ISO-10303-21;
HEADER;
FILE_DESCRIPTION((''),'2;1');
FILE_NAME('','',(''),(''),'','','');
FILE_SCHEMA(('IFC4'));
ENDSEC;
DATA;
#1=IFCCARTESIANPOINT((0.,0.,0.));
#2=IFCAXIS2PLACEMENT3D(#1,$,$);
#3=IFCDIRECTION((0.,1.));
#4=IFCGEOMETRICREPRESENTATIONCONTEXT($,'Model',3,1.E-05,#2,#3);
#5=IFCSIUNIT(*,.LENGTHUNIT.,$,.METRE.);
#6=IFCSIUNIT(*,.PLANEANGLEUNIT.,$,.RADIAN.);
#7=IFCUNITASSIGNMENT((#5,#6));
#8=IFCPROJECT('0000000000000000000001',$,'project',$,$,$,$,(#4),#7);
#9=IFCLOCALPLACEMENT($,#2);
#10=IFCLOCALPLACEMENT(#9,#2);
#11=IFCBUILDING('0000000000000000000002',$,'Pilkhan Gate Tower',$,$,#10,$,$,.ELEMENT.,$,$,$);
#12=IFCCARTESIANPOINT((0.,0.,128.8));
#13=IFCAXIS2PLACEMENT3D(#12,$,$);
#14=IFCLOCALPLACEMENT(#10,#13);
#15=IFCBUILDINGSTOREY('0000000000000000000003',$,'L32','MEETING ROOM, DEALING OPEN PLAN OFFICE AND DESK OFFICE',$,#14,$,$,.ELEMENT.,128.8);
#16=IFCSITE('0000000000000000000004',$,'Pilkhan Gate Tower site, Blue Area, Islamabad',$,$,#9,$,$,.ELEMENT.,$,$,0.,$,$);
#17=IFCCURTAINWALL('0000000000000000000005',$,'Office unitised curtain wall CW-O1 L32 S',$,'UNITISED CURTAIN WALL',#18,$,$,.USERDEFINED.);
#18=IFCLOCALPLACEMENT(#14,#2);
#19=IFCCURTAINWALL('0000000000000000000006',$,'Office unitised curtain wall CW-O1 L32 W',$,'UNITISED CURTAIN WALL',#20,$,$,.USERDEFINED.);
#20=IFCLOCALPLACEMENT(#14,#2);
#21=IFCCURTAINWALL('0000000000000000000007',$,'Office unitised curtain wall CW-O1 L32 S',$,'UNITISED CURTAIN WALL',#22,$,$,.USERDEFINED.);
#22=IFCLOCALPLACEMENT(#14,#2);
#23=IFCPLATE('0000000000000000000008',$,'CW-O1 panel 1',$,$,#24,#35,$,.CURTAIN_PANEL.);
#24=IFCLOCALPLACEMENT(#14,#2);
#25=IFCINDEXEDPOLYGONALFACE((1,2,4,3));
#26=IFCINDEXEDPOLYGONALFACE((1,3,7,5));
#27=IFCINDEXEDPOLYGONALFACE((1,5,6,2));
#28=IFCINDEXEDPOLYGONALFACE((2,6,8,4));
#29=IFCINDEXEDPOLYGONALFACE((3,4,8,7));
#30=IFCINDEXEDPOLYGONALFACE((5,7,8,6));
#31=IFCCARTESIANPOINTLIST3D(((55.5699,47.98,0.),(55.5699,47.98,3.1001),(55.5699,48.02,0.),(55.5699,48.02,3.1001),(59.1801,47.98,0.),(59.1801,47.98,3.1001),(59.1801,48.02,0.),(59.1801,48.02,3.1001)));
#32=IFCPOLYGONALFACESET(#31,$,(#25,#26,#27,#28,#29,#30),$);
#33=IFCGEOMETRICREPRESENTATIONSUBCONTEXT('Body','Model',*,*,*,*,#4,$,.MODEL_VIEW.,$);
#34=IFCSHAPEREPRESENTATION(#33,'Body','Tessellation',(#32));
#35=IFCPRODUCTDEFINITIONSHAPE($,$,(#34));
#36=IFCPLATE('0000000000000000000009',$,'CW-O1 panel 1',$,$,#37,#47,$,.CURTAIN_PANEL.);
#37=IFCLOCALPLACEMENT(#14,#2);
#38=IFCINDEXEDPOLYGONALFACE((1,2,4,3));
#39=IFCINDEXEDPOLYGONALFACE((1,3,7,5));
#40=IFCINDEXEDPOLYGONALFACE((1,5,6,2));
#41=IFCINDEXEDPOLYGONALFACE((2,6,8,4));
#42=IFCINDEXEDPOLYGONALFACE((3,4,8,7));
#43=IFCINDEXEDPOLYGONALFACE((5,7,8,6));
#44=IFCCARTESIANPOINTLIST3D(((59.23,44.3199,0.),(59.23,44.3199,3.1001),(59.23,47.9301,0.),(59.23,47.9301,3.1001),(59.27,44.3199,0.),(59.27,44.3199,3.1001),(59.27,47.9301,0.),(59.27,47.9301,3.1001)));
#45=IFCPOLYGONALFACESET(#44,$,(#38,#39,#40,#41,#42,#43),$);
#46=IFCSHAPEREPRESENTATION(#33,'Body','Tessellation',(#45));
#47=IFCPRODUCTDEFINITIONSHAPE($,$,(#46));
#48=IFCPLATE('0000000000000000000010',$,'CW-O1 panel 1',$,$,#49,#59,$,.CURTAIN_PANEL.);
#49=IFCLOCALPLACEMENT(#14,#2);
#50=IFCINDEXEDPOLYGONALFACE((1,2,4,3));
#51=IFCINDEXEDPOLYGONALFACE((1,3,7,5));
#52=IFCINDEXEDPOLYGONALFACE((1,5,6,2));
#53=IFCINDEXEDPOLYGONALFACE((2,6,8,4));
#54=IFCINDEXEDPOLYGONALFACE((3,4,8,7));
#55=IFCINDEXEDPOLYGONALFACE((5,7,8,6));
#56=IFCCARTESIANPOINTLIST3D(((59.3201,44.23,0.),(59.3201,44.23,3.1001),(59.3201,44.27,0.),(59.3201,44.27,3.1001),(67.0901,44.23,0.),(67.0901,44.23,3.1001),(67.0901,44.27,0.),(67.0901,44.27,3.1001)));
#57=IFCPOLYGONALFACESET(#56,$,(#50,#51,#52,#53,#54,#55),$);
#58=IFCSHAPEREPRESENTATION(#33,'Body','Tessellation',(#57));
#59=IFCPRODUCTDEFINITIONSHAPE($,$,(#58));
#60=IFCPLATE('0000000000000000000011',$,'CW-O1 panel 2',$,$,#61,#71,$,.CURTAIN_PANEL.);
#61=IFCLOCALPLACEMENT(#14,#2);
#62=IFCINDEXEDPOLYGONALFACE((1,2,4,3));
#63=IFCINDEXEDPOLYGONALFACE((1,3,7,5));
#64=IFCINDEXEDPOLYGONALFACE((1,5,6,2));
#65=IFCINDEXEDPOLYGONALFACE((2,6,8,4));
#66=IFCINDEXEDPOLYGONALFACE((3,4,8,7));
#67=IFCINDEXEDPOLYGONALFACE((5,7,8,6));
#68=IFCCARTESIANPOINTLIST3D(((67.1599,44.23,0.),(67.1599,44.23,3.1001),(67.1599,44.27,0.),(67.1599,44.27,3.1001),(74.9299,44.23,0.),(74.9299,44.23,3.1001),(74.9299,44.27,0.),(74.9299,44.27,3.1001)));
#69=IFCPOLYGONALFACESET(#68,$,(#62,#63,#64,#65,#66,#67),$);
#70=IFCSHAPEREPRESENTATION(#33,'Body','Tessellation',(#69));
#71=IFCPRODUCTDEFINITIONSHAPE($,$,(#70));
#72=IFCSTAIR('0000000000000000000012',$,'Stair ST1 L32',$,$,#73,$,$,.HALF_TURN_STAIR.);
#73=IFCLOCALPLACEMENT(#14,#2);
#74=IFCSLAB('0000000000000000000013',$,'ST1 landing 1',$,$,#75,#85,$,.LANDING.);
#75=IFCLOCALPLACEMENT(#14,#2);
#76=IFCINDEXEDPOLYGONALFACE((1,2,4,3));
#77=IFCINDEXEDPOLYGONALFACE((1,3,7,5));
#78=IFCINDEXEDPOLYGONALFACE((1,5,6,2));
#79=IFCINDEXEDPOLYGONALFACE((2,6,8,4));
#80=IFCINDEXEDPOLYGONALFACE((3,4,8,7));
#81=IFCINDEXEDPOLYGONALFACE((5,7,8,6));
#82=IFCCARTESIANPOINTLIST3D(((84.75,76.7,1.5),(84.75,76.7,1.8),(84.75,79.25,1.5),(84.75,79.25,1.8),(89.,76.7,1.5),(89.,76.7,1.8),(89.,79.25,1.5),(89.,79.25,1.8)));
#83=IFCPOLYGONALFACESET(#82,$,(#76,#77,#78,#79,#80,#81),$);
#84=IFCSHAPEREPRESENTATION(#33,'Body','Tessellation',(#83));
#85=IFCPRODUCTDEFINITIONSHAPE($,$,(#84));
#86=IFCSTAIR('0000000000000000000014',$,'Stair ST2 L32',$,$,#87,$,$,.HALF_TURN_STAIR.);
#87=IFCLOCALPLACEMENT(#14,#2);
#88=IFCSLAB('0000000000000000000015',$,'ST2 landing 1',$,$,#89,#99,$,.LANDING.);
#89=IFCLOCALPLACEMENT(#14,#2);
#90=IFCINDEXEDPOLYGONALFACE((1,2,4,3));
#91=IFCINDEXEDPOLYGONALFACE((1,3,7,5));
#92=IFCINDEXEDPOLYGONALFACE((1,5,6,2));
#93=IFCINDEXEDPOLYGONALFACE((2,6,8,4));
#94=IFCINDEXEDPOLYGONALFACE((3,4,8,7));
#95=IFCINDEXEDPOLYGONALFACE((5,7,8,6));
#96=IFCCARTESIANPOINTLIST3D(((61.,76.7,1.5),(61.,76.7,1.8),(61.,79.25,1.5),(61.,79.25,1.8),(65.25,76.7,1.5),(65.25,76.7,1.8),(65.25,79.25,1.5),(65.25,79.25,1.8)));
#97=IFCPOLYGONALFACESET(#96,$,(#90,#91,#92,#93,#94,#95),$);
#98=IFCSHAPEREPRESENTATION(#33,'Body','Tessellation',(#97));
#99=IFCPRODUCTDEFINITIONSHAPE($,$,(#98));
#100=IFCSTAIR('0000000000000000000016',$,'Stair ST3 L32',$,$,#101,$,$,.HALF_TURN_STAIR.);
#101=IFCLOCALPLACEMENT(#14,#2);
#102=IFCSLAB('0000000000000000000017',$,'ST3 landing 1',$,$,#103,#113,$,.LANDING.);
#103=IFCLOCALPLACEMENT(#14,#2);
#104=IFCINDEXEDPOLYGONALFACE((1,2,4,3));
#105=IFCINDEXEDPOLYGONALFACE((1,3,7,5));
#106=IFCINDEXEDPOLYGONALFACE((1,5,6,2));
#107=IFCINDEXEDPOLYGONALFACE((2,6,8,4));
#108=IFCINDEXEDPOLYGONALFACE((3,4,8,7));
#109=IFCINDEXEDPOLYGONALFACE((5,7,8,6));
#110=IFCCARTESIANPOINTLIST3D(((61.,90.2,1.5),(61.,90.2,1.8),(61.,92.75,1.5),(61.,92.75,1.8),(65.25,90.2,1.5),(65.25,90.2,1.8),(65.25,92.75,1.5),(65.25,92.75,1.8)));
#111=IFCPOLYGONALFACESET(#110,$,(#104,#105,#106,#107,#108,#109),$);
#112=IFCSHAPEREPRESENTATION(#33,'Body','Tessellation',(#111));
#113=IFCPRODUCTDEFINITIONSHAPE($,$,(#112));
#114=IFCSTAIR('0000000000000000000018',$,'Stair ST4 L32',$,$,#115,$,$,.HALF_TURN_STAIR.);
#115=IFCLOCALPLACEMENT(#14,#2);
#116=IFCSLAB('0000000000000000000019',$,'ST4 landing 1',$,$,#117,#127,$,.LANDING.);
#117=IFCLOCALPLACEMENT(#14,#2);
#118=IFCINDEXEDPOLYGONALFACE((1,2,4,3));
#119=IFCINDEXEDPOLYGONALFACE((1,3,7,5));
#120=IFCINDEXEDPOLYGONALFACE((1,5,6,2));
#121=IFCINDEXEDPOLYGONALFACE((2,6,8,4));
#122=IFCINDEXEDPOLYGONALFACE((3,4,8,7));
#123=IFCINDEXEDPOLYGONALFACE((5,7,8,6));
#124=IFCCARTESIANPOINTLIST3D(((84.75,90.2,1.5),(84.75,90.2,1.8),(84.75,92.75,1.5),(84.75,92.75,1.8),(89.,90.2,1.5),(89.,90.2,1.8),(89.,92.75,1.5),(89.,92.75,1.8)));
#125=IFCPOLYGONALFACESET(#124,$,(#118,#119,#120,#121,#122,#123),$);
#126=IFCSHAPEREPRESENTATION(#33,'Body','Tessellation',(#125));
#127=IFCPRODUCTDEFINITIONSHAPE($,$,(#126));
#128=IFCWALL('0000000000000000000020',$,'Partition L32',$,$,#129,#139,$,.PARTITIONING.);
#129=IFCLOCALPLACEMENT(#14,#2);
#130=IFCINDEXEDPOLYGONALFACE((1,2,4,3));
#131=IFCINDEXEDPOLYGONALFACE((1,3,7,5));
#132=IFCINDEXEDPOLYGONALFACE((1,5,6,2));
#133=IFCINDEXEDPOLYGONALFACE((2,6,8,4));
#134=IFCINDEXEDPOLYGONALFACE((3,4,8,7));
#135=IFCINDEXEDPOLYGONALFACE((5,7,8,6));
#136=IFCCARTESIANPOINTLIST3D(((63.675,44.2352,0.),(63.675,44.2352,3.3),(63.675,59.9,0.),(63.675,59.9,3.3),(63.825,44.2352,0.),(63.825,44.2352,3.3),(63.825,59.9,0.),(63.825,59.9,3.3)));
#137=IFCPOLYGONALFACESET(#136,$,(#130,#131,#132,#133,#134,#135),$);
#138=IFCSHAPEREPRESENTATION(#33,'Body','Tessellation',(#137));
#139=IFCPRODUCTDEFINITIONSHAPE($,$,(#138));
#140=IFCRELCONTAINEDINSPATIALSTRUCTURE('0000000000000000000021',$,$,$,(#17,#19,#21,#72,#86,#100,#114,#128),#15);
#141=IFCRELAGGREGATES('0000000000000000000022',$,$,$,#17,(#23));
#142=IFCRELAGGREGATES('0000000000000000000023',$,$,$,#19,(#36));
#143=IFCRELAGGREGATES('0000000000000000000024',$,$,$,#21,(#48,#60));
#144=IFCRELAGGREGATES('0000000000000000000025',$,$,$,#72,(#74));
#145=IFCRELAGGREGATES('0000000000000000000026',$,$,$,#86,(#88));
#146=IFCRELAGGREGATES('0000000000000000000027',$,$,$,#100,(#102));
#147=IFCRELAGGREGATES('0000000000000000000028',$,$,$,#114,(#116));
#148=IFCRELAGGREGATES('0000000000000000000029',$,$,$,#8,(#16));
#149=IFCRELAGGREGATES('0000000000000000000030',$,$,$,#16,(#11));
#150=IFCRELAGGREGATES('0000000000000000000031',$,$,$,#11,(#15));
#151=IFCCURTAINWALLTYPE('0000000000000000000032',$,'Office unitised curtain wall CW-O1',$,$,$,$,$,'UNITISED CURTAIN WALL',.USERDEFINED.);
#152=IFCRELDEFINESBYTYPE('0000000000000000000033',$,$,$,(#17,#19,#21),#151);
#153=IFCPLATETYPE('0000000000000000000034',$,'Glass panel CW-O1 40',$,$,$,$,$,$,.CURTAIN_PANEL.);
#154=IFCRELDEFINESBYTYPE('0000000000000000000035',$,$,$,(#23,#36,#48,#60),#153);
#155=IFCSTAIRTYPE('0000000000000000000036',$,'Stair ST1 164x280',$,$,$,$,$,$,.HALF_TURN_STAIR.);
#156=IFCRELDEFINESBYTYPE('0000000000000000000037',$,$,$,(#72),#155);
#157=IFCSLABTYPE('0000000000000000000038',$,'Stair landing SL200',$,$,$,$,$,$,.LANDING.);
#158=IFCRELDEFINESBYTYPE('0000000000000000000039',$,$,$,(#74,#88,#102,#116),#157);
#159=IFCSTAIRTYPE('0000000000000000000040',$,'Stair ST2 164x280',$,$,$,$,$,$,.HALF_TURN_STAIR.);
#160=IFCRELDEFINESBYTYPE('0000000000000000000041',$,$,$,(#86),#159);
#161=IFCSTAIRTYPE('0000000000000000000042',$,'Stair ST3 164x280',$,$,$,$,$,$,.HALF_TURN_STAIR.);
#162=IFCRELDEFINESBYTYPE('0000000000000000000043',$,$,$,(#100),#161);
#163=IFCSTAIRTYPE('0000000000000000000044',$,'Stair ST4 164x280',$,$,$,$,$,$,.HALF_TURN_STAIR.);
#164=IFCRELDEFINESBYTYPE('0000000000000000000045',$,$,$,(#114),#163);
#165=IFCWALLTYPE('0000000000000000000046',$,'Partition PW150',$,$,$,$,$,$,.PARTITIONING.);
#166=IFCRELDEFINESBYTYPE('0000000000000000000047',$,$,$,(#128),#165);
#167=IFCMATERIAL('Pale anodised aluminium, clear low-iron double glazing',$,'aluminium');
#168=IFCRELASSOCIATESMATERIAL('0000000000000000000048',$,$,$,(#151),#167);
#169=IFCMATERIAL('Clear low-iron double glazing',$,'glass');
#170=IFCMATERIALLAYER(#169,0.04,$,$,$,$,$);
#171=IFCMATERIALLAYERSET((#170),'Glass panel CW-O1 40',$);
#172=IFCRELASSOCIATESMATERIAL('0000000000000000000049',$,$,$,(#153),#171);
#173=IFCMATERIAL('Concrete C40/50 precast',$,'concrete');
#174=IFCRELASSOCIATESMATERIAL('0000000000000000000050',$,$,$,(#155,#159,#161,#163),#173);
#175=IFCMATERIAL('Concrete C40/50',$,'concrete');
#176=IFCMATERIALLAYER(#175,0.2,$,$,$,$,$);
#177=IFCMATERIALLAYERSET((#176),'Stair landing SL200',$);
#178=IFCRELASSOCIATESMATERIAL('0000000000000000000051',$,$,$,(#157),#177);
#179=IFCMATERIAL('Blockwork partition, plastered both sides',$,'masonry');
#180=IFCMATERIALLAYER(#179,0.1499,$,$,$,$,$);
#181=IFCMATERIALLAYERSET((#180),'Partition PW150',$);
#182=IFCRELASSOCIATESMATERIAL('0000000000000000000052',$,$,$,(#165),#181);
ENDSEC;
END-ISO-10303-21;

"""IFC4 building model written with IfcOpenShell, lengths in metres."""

from ifc_helpers import new_model, si_unit, direction, frame, frame_2d, origin, origin_2d, place, context, subcontext, project, spatial, polyline, rectangle, outline, extrude, material, layer, layer_set, type_object, element, aggregate, save


model = new_model("IFC4")

# Units and contexts
model_context = context("Model", 3, precision=1e-05, world=origin(), true_north=direction((0.0, 1.0)))
body_context = subcontext(model_context, "Body", "Model", "MODEL_VIEW")
ifc_project = project(units=[si_unit("LENGTHUNIT", "METRE"), si_unit("PLANEANGLEUNIT", "RADIAN")], contexts=[model_context])

# Site, building, storey
site_placement = place(None, origin())
site = spatial("IfcSite", under=ifc_project, at=site_placement, Name="Pilkhan Gate Tower site, Blue Area, Islamabad", CompositionType="ELEMENT", RefElevation=0.0)
building_placement = place(site_placement, origin())
building = spatial("IfcBuilding", under=site, at=building_placement, Name="Pilkhan Gate Tower", CompositionType="ELEMENT")
storey_placement = place(building_placement, frame((0.0, 0.0, 128.8)))
storey = spatial("IfcBuildingStorey", under=building, at=storey_placement, Name="L32", Description="MEETING ROOM, DEALING OPEN PLAN OFFICE AND DESK OFFICE", CompositionType="ELEMENT", Elevation=128.8)

# Shared definitions
ifc_material_1 = material(Name="Pale anodised aluminium, clear low-iron double glazing", Category="aluminium")
curtain_wall_type = type_object("IfcCurtainWallType", Name="Office unitised curtain wall CW-O1", ElementType="UNITISED CURTAIN WALL", PredefinedType="USERDEFINED", material=ifc_material_1)

# Curtain walls
curtain_wall_1_placement = place(storey_placement, origin())
curtain_wall_1 = element("IfcCurtainWall", 1, at=curtain_wall_1_placement, inside=storey, type_object=curtain_wall_type, Name="Office unitised curtain wall CW-O1 L32 S", ObjectType="UNITISED CURTAIN WALL", PredefinedType="USERDEFINED")
curtain_wall_2_placement = place(storey_placement, origin())
curtain_wall_2 = element("IfcCurtainWall", 2, at=curtain_wall_2_placement, inside=storey, type_object=curtain_wall_type, Name="Office unitised curtain wall CW-O1 L32 W", ObjectType="UNITISED CURTAIN WALL", PredefinedType="USERDEFINED")
curtain_wall_3_placement = place(storey_placement, origin())
curtain_wall_3 = element("IfcCurtainWall", 3, at=curtain_wall_3_placement, inside=storey, type_object=curtain_wall_type, Name="Office unitised curtain wall CW-O1 L32 S", ObjectType="UNITISED CURTAIN WALL", PredefinedType="USERDEFINED")

# Shared definitions
ifc_material_2 = material(Name="Concrete C40/50", Category="concrete")

# Plates
ifc_material_3 = material(Name="Clear low-iron double glazing", Category="glass")
ifc_layer_1 = layer(ifc_material_3, 0.04)
ifc_layer_set_1 = layer_set([ifc_layer_1], Name="Glass panel CW-O1 40")
plate_type = type_object("IfcPlateType", Name="Glass panel CW-O1 40", PredefinedType="CURTAIN_PANEL", material=ifc_layer_set_1)
plate_1_placement = place(storey_placement, frame((57.375, 48.0, 0.0), z_axis=(0.0, 0.0, 1.0), x_axis=(1.0, 0.0, 0.0)))
plate_1 = element("IfcPlate", 4, at=plate_1_placement, type_object=plate_type, Name="CW-O1 panel 1", PredefinedType="CURTAIN_PANEL", context=body_context, shape_type="SweptSolid", body=[
    extrude(rectangle(XDim=3.6101, YDim=0.04, at=origin_2d()), origin(), (0.0, 0.0, 1.0), 3.1001),
])
aggregate(curtain_wall_1, [plate_1])
plate_2_placement = place(storey_placement, frame((59.25, 46.125, 0.0), z_axis=(0.0, 0.0, 1.0), x_axis=(0.0, 1.0, 0.0)))
plate_2 = element("IfcPlate", 5, at=plate_2_placement, type_object=plate_type, Name="CW-O1 panel 1", PredefinedType="CURTAIN_PANEL", context=body_context, shape_type="SweptSolid", body=[
    extrude(rectangle(XDim=3.6101, YDim=0.04, at=origin_2d()), origin(), (0.0, 0.0, 1.0), 3.1001),
])
aggregate(curtain_wall_2, [plate_2])
plate_3_placement = place(storey_placement, frame((63.2051, 44.25, 0.0), z_axis=(0.0, 0.0, 1.0), x_axis=(1.0, 0.0, 0.0)))
plate_3 = element("IfcPlate", 6, at=plate_3_placement, type_object=plate_type, Name="CW-O1 panel 1", PredefinedType="CURTAIN_PANEL", context=body_context, shape_type="SweptSolid", body=[
    extrude(rectangle(XDim=7.77, YDim=0.04, at=origin_2d()), origin(), (0.0, 0.0, 1.0), 3.1001),
])
plate_4_placement = place(storey_placement, frame((71.0449, 44.25, 0.0), z_axis=(0.0, 0.0, 1.0), x_axis=(1.0, 0.0, 0.0)))
plate_4 = element("IfcPlate", 7, at=plate_4_placement, type_object=plate_type, Name="CW-O1 panel 2", PredefinedType="CURTAIN_PANEL", context=body_context, shape_type="SweptSolid", body=[
    extrude(rectangle(XDim=7.77, YDim=0.04, at=origin_2d()), origin(), (0.0, 0.0, 1.0), 3.1001),
])
aggregate(curtain_wall_3, [plate_3, plate_4])

# Stairs, slabs
ifc_material_4 = material(Name="Concrete C40/50 precast", Category="concrete")
stair_type_1 = type_object("IfcStairType", Name="Stair ST1 164x280", PredefinedType="HALF_TURN_STAIR", material=ifc_material_4)
stair_1_placement = place(storey_placement, origin())
stair_1 = element("IfcStair", 8, at=stair_1_placement, inside=storey, type_object=stair_type_1, Name="Stair ST1 L32", PredefinedType="HALF_TURN_STAIR")
ifc_layer_2 = layer(ifc_material_2, 0.2)
ifc_layer_set_2 = layer_set([ifc_layer_2], Name="Stair landing SL200")
slab_type_1 = type_object("IfcSlabType", Name="Stair landing SL200", PredefinedType="LANDING", material=ifc_layer_set_2)
slab_1_placement = place(storey_placement, frame((0.0, 0.0, 1.5)))
slab_1 = element("IfcSlab", 9, at=slab_1_placement, type_object=slab_type_1, Name="ST1 landing 1", PredefinedType="LANDING", context=body_context, shape_type="SweptSolid", body=[
    extrude(outline(polyline([(89.0, 76.7), (89.0, 79.25), (84.75, 79.25), (84.75, 76.7), (89.0, 76.7)])), origin(), (0.0, 0.0, 1.0), 0.3),
])
aggregate(stair_1, [slab_1])
stair_type_2 = type_object("IfcStairType", Name="Stair ST2 164x280", PredefinedType="HALF_TURN_STAIR", material=ifc_material_4)
stair_2_placement = place(storey_placement, origin())
stair_2 = element("IfcStair", 10, at=stair_2_placement, inside=storey, type_object=stair_type_2, Name="Stair ST2 L32", PredefinedType="HALF_TURN_STAIR")
slab_2_placement = place(storey_placement, frame((0.0, 0.0, 1.5)))
slab_2 = element("IfcSlab", 11, at=slab_2_placement, type_object=slab_type_1, Name="ST2 landing 1", PredefinedType="LANDING", context=body_context, shape_type="SweptSolid", body=[
    extrude(outline(polyline([(65.25, 76.7), (65.25, 79.25), (61.0, 79.25), (61.0, 76.7), (65.25, 76.7)])), origin(), (0.0, 0.0, 1.0), 0.3),
])
aggregate(stair_2, [slab_2])
stair_type_3 = type_object("IfcStairType", Name="Stair ST3 164x280", PredefinedType="HALF_TURN_STAIR", material=ifc_material_4)
stair_3_placement = place(storey_placement, origin())
stair_3 = element("IfcStair", 12, at=stair_3_placement, inside=storey, type_object=stair_type_3, Name="Stair ST3 L32", PredefinedType="HALF_TURN_STAIR")
slab_3_placement = place(storey_placement, frame((0.0, 0.0, 1.5)))
slab_3 = element("IfcSlab", 13, at=slab_3_placement, type_object=slab_type_1, Name="ST3 landing 1", PredefinedType="LANDING", context=body_context, shape_type="SweptSolid", body=[
    extrude(outline(polyline([(65.25, 90.2), (65.25, 92.75), (61.0, 92.75), (61.0, 90.2), (65.25, 90.2)])), origin(), (0.0, 0.0, 1.0), 0.3),
])
aggregate(stair_3, [slab_3])
stair_type_4 = type_object("IfcStairType", Name="Stair ST4 164x280", PredefinedType="HALF_TURN_STAIR", material=ifc_material_4)
stair_4_placement = place(storey_placement, origin())
stair_4 = element("IfcStair", 14, at=stair_4_placement, inside=storey, type_object=stair_type_4, Name="Stair ST4 L32", PredefinedType="HALF_TURN_STAIR")
slab_4_placement = place(storey_placement, frame((0.0, 0.0, 1.5)))
slab_4 = element("IfcSlab", 15, at=slab_4_placement, type_object=slab_type_1, Name="ST4 landing 1", PredefinedType="LANDING", context=body_context, shape_type="SweptSolid", body=[
    extrude(outline(polyline([(89.0, 90.2), (89.0, 92.75), (84.75, 92.75), (84.75, 90.2), (89.0, 90.2)])), origin(), (0.0, 0.0, 1.0), 0.3),
])
aggregate(stair_4, [slab_4])

# Wall
ifc_material_5 = material(Name="Blockwork partition, plastered both sides", Category="masonry")
ifc_layer_3 = layer(ifc_material_5, 0.1499)
ifc_layer_set_3 = layer_set([ifc_layer_3], Name="Partition PW150")
wall_type = type_object("IfcWallType", Name="Partition PW150", PredefinedType="PARTITIONING", material=ifc_layer_set_3)
wall_placement = place(storey_placement, frame((63.75, 44.2351, 0.0), z_axis=(0.0, 0.0, 1.0), x_axis=(0.0, 1.0, 0.0)))
element("IfcWall", 16, at=wall_placement, inside=storey, type_object=wall_type, Name="Partition L32", PredefinedType="PARTITIONING", context=body_context, shape_type="SweptSolid", body=[
    extrude(rectangle(XDim=15.6648, YDim=0.1499, at=frame_2d((7.8325, 0.0))), origin(), (0.0, 0.0, 1.0), 3.3),
])

save(model, "model.ifc")
